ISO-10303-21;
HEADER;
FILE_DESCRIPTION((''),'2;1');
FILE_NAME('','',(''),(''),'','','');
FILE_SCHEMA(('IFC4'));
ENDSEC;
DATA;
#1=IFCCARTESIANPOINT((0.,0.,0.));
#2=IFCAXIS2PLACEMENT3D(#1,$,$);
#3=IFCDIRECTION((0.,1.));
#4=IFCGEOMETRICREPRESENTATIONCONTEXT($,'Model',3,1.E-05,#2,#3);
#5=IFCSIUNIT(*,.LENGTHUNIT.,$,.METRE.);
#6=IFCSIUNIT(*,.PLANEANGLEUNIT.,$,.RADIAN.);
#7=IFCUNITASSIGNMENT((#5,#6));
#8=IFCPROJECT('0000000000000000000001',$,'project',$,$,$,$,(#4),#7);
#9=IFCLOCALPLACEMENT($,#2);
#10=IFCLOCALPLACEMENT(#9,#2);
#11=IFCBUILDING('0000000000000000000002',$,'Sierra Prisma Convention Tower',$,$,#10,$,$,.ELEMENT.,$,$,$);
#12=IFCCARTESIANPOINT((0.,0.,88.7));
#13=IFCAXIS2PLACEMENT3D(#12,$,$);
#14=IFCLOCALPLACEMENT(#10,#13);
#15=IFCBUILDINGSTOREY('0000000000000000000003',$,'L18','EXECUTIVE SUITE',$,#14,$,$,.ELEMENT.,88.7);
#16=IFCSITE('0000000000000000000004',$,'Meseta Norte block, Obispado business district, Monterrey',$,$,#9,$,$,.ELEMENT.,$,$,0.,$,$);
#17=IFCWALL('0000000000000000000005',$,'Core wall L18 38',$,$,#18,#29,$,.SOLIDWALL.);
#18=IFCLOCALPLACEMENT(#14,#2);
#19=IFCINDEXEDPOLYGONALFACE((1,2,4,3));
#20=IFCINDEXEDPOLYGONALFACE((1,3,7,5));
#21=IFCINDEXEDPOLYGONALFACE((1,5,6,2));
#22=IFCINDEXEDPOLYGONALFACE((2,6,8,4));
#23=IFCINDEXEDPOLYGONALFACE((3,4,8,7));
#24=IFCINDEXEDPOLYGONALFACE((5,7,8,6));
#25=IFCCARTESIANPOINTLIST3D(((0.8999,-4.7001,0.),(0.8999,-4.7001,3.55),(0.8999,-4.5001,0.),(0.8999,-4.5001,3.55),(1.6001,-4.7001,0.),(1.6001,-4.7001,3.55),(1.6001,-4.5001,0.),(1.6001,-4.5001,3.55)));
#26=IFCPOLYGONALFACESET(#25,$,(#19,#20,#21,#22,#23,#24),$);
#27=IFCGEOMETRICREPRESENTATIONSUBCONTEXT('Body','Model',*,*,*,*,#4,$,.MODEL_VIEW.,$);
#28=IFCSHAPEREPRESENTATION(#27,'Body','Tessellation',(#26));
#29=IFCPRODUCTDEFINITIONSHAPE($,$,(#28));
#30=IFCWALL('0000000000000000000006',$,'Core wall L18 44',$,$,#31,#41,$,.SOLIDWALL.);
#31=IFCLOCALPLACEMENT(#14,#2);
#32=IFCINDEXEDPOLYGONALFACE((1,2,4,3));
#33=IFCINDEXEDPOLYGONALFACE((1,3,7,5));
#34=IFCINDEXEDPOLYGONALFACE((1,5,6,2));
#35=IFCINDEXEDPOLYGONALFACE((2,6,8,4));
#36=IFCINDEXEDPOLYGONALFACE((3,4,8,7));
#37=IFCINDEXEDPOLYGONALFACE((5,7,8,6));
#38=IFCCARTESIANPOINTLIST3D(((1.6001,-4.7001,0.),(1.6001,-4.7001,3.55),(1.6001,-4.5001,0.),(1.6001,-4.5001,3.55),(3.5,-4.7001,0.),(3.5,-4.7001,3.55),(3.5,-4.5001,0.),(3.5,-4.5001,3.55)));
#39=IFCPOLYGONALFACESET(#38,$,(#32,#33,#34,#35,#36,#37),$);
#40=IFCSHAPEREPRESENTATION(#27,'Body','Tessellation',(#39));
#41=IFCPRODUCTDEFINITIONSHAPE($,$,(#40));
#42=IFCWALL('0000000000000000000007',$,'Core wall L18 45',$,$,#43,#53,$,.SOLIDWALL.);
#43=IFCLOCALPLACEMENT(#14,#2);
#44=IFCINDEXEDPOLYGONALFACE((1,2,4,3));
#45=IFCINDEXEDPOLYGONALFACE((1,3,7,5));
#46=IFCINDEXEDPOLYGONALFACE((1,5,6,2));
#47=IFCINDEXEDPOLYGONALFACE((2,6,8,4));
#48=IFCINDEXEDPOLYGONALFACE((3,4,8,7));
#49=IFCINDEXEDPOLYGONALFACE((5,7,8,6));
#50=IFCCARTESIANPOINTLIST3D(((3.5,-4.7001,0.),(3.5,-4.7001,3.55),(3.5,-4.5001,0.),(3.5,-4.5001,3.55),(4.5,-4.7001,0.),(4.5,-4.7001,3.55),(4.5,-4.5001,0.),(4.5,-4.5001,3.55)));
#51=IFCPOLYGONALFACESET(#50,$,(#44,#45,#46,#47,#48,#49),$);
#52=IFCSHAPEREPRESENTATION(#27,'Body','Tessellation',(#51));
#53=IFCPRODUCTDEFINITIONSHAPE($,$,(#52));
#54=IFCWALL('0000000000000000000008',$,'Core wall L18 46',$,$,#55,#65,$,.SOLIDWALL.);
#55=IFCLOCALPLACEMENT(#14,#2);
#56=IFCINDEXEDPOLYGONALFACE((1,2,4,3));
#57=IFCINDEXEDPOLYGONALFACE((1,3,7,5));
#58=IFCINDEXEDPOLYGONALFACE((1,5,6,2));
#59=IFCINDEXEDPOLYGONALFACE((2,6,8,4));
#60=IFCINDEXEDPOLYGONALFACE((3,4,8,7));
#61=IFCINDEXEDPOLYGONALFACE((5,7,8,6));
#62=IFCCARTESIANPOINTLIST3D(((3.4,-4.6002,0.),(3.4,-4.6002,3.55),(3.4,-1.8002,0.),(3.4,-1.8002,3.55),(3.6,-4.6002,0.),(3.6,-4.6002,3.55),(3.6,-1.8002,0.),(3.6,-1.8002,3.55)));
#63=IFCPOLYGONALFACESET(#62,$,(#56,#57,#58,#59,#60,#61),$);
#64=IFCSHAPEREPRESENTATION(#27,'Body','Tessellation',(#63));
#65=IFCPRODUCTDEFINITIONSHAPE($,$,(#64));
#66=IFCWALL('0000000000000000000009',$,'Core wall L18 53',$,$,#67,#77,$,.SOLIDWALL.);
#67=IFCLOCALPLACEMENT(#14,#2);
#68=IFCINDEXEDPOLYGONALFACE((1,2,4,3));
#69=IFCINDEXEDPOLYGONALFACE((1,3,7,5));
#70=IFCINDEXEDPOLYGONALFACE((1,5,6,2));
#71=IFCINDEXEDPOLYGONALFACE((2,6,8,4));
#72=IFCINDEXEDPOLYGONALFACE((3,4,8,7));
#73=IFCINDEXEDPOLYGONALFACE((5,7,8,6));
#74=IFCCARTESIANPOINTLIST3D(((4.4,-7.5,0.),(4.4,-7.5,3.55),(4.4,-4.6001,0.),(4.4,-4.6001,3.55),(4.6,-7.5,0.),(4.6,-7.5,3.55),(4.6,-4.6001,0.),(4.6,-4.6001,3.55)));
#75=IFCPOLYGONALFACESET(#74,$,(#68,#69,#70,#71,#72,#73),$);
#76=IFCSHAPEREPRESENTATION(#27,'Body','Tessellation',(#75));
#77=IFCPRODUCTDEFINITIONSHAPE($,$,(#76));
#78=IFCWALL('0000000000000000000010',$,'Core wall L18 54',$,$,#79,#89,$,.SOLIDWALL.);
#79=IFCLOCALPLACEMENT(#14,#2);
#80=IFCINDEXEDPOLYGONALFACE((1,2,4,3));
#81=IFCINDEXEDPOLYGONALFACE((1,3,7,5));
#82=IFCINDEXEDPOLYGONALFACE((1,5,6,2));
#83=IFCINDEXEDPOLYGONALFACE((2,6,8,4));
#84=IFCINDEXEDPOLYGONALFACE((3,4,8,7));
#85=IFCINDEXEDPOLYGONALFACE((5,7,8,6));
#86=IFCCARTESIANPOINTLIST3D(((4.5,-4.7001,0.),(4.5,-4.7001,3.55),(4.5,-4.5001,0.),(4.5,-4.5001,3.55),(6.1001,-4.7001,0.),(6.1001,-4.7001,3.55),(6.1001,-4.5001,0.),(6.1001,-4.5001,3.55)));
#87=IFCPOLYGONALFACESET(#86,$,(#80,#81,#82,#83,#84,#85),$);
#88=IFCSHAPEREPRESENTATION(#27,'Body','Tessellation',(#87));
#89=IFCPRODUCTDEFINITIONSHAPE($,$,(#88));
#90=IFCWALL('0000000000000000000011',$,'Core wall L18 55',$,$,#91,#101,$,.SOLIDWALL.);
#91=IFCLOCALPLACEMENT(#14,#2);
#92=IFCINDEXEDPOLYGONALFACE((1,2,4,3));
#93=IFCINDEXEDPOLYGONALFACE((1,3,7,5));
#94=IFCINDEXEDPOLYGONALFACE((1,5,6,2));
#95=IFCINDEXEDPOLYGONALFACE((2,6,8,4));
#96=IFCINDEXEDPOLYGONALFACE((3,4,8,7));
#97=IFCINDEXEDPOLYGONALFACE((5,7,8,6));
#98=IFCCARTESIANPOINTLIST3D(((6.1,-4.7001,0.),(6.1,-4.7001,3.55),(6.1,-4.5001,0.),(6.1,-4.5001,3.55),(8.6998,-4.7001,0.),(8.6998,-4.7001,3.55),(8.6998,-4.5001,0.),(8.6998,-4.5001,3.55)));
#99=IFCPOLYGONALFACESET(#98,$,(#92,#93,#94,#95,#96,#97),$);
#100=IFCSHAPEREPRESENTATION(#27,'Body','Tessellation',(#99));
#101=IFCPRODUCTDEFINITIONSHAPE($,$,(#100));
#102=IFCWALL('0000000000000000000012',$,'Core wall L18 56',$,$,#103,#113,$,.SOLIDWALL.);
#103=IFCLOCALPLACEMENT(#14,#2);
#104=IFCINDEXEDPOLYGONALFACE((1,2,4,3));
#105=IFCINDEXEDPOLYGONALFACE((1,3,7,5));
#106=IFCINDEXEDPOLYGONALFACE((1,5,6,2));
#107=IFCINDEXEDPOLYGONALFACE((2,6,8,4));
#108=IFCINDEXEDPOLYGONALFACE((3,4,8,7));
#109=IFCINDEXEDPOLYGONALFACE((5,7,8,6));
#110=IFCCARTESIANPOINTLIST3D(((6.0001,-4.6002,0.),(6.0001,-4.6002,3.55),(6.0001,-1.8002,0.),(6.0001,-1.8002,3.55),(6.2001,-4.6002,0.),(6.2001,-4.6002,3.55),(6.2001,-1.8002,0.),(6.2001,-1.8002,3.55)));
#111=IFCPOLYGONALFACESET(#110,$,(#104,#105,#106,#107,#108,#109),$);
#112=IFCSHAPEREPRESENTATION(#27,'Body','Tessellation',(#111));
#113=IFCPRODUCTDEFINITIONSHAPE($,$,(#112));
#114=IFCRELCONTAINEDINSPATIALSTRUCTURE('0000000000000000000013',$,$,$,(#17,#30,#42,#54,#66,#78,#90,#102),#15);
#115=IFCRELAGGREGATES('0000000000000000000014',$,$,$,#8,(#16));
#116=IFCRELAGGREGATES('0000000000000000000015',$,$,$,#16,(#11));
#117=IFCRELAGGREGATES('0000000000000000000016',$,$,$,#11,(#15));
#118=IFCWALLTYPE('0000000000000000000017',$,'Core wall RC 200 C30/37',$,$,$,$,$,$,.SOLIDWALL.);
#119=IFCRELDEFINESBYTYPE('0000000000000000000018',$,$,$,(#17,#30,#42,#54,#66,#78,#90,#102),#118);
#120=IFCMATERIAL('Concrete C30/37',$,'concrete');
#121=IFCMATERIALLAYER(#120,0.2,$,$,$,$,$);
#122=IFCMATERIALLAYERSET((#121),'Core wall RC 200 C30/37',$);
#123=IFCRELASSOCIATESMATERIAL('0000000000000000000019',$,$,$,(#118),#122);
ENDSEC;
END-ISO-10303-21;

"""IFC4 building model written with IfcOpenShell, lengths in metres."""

from ifc_helpers import new_model, si_unit, direction, frame, frame_2d, origin, place, context, subcontext, project, spatial, rectangle, extrude, material, layer, layer_set, type_object, element, save


model = new_model("IFC4")

# Units and contexts
model_context = context("Model", 3, precision=1e-05, world=origin(), true_north=direction((0.0, 1.0)))
body_context = subcontext(model_context, "Body", "Model", "MODEL_VIEW")
ifc_project = project(units=[si_unit("LENGTHUNIT", "METRE"), si_unit("PLANEANGLEUNIT", "RADIAN")], contexts=[model_context])

# Site, building, storey
site_placement = place(None, origin())
site = spatial("IfcSite", under=ifc_project, at=site_placement, Name="Meseta Norte block, Obispado business district, Monterrey", CompositionType="ELEMENT", RefElevation=0.0)
building_placement = place(site_placement, origin())
building = spatial("IfcBuilding", under=site, at=building_placement, Name="Sierra Prisma Convention Tower", CompositionType="ELEMENT")
storey_placement = place(building_placement, frame((0.0, 0.0, 88.7)))
storey = spatial("IfcBuildingStorey", under=building, at=storey_placement, Name="L18", Description="EXECUTIVE SUITE", CompositionType="ELEMENT", Elevation=88.7)

# Shared definitions
ifc_material_1 = material(Name="Concrete C30/37", Category="concrete")
ifc_layer = layer(ifc_material_1, 0.2)
ifc_layer_set = layer_set([ifc_layer], Name="Core wall RC 200 C30/37")
wall_type = type_object("IfcWallType", Name="Core wall RC 200 C30/37", PredefinedType="SOLIDWALL", material=ifc_layer_set)

# Wall
wall_1_placement = place(storey_placement, frame((0.8999, -4.6001, 0.0), z_axis=(0.0, 0.0, 1.0), x_axis=(1.0, 0.0, 0.0)))
element("IfcWall", 1, at=wall_1_placement, inside=storey, type_object=wall_type, Name="Core wall L18 38", PredefinedType="SOLIDWALL", context=body_context, shape_type="SweptSolid", body=[
    extrude(rectangle(XDim=0.7002, YDim=0.2, at=frame_2d((0.3501, 0.0))), origin(), (0.0, 0.0, 1.0), 3.55),
])

# Walls
wall_2_placement = place(storey_placement, frame((3.5, -4.6001, 0.0), z_axis=(0.0, 0.0, 1.0), x_axis=(-1.0, 0.0, 0.0)))
element("IfcWall", 2, at=wall_2_placement, inside=storey, type_object=wall_type, Name="Core wall L18 44", PredefinedType="SOLIDWALL", context=body_context, shape_type="SweptSolid", body=[
    extrude(rectangle(XDim=1.8999, YDim=0.2, at=frame_2d((0.95, 0.0))), origin(), (0.0, 0.0, 1.0), 3.55),
])
wall_3_placement = place(storey_placement, frame((4.5, -4.6001, 0.0), z_axis=(0.0, 0.0, 1.0), x_axis=(-1.0, 0.0, 0.0)))
element("IfcWall", 3, at=wall_3_placement, inside=storey, type_object=wall_type, Name="Core wall L18 45", PredefinedType="SOLIDWALL", context=body_context, shape_type="SweptSolid", body=[
    extrude(rectangle(XDim=1.0, YDim=0.2, at=frame_2d((0.5, 0.0))), origin(), (0.0, 0.0, 1.0), 3.55),
])
wall_4_placement = place(storey_placement, frame((3.5, -4.6001, 0.0), z_axis=(0.0, 0.0, 1.0), x_axis=(0.0, 1.0, 0.0)))
element("IfcWall", 4, at=wall_4_placement, inside=storey, type_object=wall_type, Name="Core wall L18 46", PredefinedType="SOLIDWALL", context=body_context, shape_type="SweptSolid", body=[
    extrude(rectangle(XDim=2.8, YDim=0.2, at=frame_2d((1.3999, 0.0))), origin(), (0.0, 0.0, 1.0), 3.55),
])
wall_5_placement = place(storey_placement, frame((4.5, -7.5, 0.0), z_axis=(0.0, 0.0, 1.0), x_axis=(0.0, 1.0, 0.0)))
element("IfcWall", 5, at=wall_5_placement, inside=storey, type_object=wall_type, Name="Core wall L18 53", PredefinedType="SOLIDWALL", context=body_context, shape_type="SweptSolid", body=[
    extrude(rectangle(XDim=2.8999, YDim=0.2, at=frame_2d((1.45, 0.0))), origin(), (0.0, 0.0, 1.0), 3.55),
])
wall_6_placement = place(storey_placement, frame((4.5, -4.6001, 0.0), z_axis=(0.0, 0.0, 1.0), x_axis=(1.0, 0.0, 0.0)))
element("IfcWall", 6, at=wall_6_placement, inside=storey, type_object=wall_type, Name="Core wall L18 54", PredefinedType="SOLIDWALL", context=body_context, shape_type="SweptSolid", body=[
    extrude(rectangle(XDim=1.6001, YDim=0.2, at=frame_2d((0.8, 0.0))), origin(), (0.0, 0.0, 1.0), 3.55),
])
wall_7_placement = place(storey_placement, frame((6.1001, -4.6001, 0.0), z_axis=(0.0, 0.0, 1.0), x_axis=(1.0, 0.0, 0.0)))
element("IfcWall", 7, at=wall_7_placement, inside=storey, type_object=wall_type, Name="Core wall L18 55", PredefinedType="SOLIDWALL", context=body_context, shape_type="SweptSolid", body=[
    extrude(rectangle(XDim=2.5999, YDim=0.2, at=frame_2d((1.2998, 0.0))), origin(), (0.0, 0.0, 1.0), 3.55),
])
wall_8_placement = place(storey_placement, frame((6.1001, -4.6001, 0.0), z_axis=(0.0, 0.0, 1.0), x_axis=(0.0, 1.0, 0.0)))
element("IfcWall", 8, at=wall_8_placement, inside=storey, type_object=wall_type, Name="Core wall L18 56", PredefinedType="SOLIDWALL", context=body_context, shape_type="SweptSolid", body=[
    extrude(rectangle(XDim=2.8, YDim=0.2, at=frame_2d((1.3999, 0.0))), origin(), (0.0, 0.0, 1.0), 3.55),
])

save(model, "model.ifc")
